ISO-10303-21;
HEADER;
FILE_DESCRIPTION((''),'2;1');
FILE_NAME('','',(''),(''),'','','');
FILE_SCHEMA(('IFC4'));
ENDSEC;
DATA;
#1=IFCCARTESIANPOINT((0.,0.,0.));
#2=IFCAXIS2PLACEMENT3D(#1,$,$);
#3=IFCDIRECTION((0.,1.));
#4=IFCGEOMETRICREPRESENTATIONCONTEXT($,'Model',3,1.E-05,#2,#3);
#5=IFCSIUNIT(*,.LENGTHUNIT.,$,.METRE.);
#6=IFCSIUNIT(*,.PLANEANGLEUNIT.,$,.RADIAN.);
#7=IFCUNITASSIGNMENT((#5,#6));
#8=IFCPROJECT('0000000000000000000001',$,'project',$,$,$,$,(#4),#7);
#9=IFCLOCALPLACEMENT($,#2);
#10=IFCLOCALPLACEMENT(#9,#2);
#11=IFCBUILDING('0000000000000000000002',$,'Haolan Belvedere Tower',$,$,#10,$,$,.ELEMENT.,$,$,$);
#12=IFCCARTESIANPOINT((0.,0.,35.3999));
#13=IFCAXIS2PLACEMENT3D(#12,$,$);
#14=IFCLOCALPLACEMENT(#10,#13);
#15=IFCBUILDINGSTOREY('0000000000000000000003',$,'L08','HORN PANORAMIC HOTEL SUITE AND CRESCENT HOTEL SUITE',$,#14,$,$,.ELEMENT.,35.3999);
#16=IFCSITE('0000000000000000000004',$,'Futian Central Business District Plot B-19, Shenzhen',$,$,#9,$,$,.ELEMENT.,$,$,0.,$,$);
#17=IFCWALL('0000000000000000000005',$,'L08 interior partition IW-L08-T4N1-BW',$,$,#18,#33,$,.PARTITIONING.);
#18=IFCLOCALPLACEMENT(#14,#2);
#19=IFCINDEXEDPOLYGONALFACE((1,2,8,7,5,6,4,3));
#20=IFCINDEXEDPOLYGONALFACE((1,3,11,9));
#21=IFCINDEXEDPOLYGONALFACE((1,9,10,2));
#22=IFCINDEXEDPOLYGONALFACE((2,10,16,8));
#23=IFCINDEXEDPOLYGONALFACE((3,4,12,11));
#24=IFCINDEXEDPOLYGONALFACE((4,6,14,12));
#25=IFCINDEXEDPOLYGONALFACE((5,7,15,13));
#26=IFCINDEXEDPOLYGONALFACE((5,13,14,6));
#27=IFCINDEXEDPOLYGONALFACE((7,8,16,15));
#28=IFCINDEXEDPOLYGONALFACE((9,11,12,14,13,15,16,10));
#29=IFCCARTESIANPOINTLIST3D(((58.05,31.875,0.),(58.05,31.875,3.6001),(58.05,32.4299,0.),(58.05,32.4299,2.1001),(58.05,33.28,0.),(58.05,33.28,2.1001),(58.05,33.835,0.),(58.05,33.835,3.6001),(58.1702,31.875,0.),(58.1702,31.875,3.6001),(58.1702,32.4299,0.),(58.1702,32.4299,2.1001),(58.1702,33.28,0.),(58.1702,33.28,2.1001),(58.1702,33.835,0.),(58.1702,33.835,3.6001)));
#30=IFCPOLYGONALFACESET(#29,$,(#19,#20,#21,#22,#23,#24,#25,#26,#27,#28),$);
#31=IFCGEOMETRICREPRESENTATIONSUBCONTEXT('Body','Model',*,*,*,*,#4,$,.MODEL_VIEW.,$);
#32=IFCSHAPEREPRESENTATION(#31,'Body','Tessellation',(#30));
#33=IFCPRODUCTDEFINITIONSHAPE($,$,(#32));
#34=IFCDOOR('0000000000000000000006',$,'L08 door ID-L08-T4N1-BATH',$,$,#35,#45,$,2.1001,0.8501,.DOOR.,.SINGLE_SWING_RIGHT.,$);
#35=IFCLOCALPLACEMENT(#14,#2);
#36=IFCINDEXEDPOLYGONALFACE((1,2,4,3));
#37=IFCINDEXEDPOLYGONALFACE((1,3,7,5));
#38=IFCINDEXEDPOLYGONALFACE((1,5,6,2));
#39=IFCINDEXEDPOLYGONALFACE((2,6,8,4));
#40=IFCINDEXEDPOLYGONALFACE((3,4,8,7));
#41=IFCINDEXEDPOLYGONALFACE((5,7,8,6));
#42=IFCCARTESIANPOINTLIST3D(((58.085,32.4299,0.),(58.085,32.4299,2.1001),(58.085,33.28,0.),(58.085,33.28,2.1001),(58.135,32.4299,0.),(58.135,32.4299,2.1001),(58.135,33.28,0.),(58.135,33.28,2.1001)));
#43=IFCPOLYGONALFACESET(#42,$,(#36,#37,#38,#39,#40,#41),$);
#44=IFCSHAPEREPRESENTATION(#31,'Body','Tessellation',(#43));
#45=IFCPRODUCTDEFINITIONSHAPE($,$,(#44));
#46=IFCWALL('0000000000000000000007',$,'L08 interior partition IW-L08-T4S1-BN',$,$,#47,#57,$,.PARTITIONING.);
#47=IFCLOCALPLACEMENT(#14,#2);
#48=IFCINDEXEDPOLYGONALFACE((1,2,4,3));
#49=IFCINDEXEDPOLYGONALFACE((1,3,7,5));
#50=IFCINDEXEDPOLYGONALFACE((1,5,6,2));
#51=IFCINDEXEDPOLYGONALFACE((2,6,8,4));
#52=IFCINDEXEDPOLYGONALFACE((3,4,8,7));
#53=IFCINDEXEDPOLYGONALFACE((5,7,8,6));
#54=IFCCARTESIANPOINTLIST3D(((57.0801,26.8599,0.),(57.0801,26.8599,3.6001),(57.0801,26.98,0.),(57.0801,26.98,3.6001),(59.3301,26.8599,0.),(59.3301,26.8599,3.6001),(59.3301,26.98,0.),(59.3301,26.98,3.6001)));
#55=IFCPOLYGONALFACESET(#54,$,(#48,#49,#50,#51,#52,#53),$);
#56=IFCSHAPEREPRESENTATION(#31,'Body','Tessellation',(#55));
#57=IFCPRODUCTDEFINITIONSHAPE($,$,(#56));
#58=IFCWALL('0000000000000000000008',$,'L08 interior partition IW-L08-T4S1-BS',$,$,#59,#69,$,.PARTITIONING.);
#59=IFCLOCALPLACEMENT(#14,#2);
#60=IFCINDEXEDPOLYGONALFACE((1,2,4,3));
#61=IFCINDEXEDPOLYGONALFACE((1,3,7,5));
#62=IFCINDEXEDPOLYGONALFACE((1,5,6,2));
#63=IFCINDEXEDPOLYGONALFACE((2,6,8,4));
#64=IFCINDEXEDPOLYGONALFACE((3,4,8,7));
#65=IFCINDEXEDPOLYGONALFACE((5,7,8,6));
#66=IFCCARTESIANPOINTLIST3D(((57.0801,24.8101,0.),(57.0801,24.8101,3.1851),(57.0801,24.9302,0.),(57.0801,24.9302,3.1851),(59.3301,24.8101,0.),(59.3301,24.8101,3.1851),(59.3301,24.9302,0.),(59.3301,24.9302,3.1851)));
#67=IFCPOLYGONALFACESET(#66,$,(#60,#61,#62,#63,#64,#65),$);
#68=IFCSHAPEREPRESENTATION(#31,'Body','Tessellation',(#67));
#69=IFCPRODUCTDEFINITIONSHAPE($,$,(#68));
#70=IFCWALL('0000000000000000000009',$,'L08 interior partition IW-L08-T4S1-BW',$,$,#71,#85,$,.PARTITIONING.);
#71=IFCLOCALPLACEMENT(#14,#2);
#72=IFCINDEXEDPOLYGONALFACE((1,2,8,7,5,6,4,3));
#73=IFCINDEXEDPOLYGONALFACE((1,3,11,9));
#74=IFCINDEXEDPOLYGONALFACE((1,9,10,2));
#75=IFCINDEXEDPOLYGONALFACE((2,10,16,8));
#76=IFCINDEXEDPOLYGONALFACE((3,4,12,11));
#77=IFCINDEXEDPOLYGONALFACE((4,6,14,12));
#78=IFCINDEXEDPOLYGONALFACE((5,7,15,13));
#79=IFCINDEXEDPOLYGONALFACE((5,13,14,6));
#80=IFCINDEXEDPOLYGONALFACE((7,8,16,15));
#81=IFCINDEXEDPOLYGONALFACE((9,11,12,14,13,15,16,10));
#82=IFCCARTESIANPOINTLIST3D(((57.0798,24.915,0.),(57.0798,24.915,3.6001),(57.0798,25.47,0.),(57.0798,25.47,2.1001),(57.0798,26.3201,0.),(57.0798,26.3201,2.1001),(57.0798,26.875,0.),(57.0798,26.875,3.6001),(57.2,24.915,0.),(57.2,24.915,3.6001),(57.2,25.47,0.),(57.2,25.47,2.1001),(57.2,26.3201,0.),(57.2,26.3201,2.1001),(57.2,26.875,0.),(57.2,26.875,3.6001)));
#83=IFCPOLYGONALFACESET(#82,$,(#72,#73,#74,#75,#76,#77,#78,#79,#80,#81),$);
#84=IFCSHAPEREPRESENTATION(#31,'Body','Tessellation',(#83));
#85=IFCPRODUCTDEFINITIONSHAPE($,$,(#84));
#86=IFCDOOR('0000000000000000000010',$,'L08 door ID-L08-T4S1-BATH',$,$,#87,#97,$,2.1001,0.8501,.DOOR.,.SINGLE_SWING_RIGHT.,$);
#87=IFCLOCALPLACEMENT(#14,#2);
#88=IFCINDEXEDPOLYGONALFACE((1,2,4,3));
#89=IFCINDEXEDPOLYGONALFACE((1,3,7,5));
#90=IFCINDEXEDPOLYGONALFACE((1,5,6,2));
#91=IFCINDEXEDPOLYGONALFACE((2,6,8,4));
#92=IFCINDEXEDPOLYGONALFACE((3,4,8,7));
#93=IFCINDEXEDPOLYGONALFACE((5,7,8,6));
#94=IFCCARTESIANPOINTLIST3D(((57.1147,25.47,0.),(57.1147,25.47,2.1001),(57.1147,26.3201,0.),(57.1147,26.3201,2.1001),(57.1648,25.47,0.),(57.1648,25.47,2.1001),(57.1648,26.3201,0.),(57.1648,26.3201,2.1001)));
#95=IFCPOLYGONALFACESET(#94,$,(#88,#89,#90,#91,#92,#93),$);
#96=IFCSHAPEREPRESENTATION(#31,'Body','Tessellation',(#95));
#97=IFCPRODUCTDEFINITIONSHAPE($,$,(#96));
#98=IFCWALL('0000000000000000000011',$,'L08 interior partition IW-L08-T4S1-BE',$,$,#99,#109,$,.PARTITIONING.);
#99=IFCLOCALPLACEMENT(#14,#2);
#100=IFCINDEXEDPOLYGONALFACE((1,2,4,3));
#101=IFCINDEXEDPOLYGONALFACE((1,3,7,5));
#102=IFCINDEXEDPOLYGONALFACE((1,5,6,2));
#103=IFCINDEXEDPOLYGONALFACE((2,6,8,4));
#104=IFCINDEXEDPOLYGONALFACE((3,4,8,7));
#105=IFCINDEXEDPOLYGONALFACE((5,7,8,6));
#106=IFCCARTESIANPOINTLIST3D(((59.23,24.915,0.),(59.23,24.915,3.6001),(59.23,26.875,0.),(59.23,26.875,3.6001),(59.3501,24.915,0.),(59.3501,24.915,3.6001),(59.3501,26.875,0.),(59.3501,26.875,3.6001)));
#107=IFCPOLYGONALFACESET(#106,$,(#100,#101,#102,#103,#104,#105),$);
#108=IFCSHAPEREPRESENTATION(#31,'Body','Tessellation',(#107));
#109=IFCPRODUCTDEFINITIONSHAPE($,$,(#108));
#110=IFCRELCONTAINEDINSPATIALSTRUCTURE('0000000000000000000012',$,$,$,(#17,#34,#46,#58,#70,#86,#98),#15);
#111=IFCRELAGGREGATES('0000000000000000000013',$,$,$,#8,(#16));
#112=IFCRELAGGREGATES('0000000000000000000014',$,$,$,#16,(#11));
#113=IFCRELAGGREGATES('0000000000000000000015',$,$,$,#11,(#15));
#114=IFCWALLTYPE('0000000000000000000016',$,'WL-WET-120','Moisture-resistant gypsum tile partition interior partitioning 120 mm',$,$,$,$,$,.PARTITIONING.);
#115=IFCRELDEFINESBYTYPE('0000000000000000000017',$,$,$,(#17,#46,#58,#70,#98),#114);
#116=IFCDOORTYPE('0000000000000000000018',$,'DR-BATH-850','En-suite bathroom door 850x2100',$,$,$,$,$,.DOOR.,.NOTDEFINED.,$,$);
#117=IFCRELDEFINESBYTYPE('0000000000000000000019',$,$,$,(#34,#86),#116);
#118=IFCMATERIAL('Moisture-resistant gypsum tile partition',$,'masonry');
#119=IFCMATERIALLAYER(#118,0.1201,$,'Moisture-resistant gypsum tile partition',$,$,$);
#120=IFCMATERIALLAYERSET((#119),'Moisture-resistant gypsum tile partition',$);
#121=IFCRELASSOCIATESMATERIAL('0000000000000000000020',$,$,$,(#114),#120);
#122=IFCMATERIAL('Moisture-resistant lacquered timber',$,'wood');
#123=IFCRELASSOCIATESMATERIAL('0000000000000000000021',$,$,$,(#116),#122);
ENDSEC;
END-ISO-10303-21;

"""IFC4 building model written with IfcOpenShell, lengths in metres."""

from ifc_helpers import new_model, si_unit, direction, frame, frame_2d, origin, place, context, subcontext, project, spatial, rectangle, extrude, material, layer, layer_set, type_object, element, fill, save


model = new_model("IFC4")

# Units and contexts
model_context = context("Model", 3, precision=1e-05, world=origin(), true_north=direction((0.0, 1.0)))
body_context = subcontext(model_context, "Body", "Model", "MODEL_VIEW")
ifc_project = project(units=[si_unit("LENGTHUNIT", "METRE"), si_unit("PLANEANGLEUNIT", "RADIAN")], contexts=[model_context])

# Site, building, storey
site_placement = place(None, origin())
site = spatial("IfcSite", under=ifc_project, at=site_placement, Name="Futian Central Business District Plot B-19, Shenzhen", CompositionType="ELEMENT", RefElevation=0.0)
building_placement = place(site_placement, origin())
building = spatial("IfcBuilding", under=site, at=building_placement, Name="Haolan Belvedere Tower", CompositionType="ELEMENT")
storey_placement = place(building_placement, frame((0.0, 0.0, 35.3999)))
storey = spatial("IfcBuildingStorey", under=building, at=storey_placement, Name="L08", Description="HORN PANORAMIC HOTEL SUITE AND CRESCENT HOTEL SUITE", CompositionType="ELEMENT", Elevation=35.3999)

# Shared definitions
ifc_material_1 = material(Name="Moisture-resistant gypsum tile partition", Category="masonry")
ifc_layer_1 = layer(ifc_material_1, 0.1201, Name="Moisture-resistant gypsum tile partition")
ifc_layer_set_1 = layer_set([ifc_layer_1], Name="Moisture-resistant gypsum tile partition")
wall_type_1 = type_object("IfcWallType", Name="WL-WET-120", Description="Moisture-resistant gypsum tile partition interior partitioning 120 mm", PredefinedType="PARTITIONING", material=ifc_layer_set_1)

# Wall, opening, door
wall_1_placement = place(storey_placement, frame((58.1101, 31.875, 0.0), z_axis=(0.0, 0.0, 1.0), x_axis=(0.0, 1.0, 0.0)))
wall_1 = element("IfcWall", 1, at=wall_1_placement, inside=storey, type_object=wall_type_1, Name="L08 interior partition IW-L08-T4N1-BW", PredefinedType="PARTITIONING", context=body_context, shape_type="SweptSolid", body=[
    extrude(rectangle(XDim=1.96, YDim=0.1201, at=frame_2d((0.98, 0.0))), origin(), (0.0, 0.0, 1.0), 3.6001),
])
opening_1_placement = place(wall_1_placement, frame((1.405, 0.0, 0.0), z_axis=(0.0, 0.0, 1.0), x_axis=(-1.0, 0.0, 0.0)))
opening_1 = element("IfcOpeningElement", 2, at=opening_1_placement, cuts=wall_1, PredefinedType="OPENING", context=body_context, shape_type="SweptSolid", body=[
    extrude(rectangle(XDim=0.8501, YDim=2.1001, at=frame_2d((0.425, 1.05))), frame((0.0, 0.0701, 0.0), z_axis=(0.0, -1.0, 0.0), x_axis=(1.0, 0.0, 0.0)), (0.0, 0.0, 1.0), 0.1401),
])
ifc_material_2 = material(Name="Moisture-resistant lacquered timber", Category="wood")
door_type_1 = type_object("IfcDoorType", Name="DR-BATH-850", Description="En-suite bathroom door 850x2100", OperationType="NOTDEFINED", PredefinedType="DOOR", material=ifc_material_2)
door_1_placement = place(opening_1_placement, origin())
door_1 = element("IfcDoor", 3, at=door_1_placement, inside=storey, type_object=door_type_1, Name="L08 door ID-L08-T4N1-BATH", OperationType="SINGLE_SWING_RIGHT", OverallHeight=2.1001, OverallWidth=0.8501, PredefinedType="DOOR", context=body_context, shape_type="SweptSolid", body=[
    extrude(rectangle(XDim=0.8501, YDim=2.1001, at=frame_2d((0.425, 1.05))), frame((0.0, 0.0249, 0.0), z_axis=(0.0, -1.0, 0.0), x_axis=(1.0, 0.0, 0.0)), (0.0, 0.0, 1.0), 0.05),
])
fill(opening_1, door_1)

# Walls
wall_2_placement = place(storey_placement, frame((57.0801, 26.9199, 0.0), z_axis=(0.0, 0.0, 1.0), x_axis=(1.0, 0.0, 0.0)))
element("IfcWall", 4, at=wall_2_placement, inside=storey, type_object=wall_type_1, Name="L08 interior partition IW-L08-T4S1-BN", PredefinedType="PARTITIONING", context=body_context, shape_type="SweptSolid", body=[
    extrude(rectangle(XDim=2.25, YDim=0.1201, at=frame_2d((1.125, 0.0))), origin(), (0.0, 0.0, 1.0), 3.6001),
])
wall_3_placement = place(storey_placement, frame((57.0801, 24.8701, 0.0), z_axis=(0.0, 0.0, 1.0), x_axis=(1.0, 0.0, 0.0)))
element("IfcWall", 5, at=wall_3_placement, inside=storey, type_object=wall_type_1, Name="L08 interior partition IW-L08-T4S1-BS", PredefinedType="PARTITIONING", context=body_context, shape_type="SweptSolid", body=[
    extrude(rectangle(XDim=2.25, YDim=0.1201, at=frame_2d((1.125, 0.0))), origin(), (0.0, 0.0, 1.0), 3.1851),
])

# Wall, opening, door
wall_4_placement = place(storey_placement, frame((57.1399, 24.915, 0.0), z_axis=(0.0, 0.0, 1.0), x_axis=(0.0, 1.0, 0.0)))
wall_4 = element("IfcWall", 6, at=wall_4_placement, inside=storey, type_object=wall_type_1, Name="L08 interior partition IW-L08-T4S1-BW", PredefinedType="PARTITIONING", context=body_context, shape_type="SweptSolid", body=[
    extrude(rectangle(XDim=1.96, YDim=0.1201, at=frame_2d((0.98, 0.0))), origin(), (0.0, 0.0, 1.0), 3.6001),
])
opening_2_placement = place(wall_4_placement, frame((1.405, 0.0, 0.0), z_axis=(0.0, 0.0, 1.0), x_axis=(-1.0, 0.0, 0.0)))
opening_2 = element("IfcOpeningElement", 7, at=opening_2_placement, cuts=wall_4, PredefinedType="OPENING", context=body_context, shape_type="SweptSolid", body=[
    extrude(rectangle(XDim=0.8501, YDim=2.1001, at=frame_2d((0.425, 1.05))), frame((0.0, 0.0701, 0.0), z_axis=(0.0, -1.0, 0.0), x_axis=(1.0, 0.0, 0.0)), (0.0, 0.0, 1.0), 0.1401),
])
door_2_placement = place(opening_2_placement, origin())
door_2 = element("IfcDoor", 8, at=door_2_placement, inside=storey, type_object=door_type_1, Name="L08 door ID-L08-T4S1-BATH", OperationType="SINGLE_SWING_RIGHT", OverallHeight=2.1001, OverallWidth=0.8501, PredefinedType="DOOR", context=body_context, shape_type="SweptSolid", body=[
    extrude(rectangle(XDim=0.8501, YDim=2.1001, at=frame_2d((0.425, 1.05))), frame((0.0, 0.0249, 0.0), z_axis=(0.0, -1.0, 0.0), x_axis=(1.0, 0.0, 0.0)), (0.0, 0.0, 1.0), 0.05),
])
fill(opening_2, door_2)

# Wall
wall_5_placement = place(storey_placement, frame((59.29, 24.915, 0.0), z_axis=(0.0, 0.0, 1.0), x_axis=(0.0, 1.0, 0.0)))
element("IfcWall", 9, at=wall_5_placement, inside=storey, type_object=wall_type_1, Name="L08 interior partition IW-L08-T4S1-BE", PredefinedType="PARTITIONING", context=body_context, shape_type="SweptSolid", body=[
    extrude(rectangle(XDim=1.96, YDim=0.1201, at=frame_2d((0.98, 0.0))), origin(), (0.0, 0.0, 1.0), 3.6001),
])

save(model, "model.ifc")
